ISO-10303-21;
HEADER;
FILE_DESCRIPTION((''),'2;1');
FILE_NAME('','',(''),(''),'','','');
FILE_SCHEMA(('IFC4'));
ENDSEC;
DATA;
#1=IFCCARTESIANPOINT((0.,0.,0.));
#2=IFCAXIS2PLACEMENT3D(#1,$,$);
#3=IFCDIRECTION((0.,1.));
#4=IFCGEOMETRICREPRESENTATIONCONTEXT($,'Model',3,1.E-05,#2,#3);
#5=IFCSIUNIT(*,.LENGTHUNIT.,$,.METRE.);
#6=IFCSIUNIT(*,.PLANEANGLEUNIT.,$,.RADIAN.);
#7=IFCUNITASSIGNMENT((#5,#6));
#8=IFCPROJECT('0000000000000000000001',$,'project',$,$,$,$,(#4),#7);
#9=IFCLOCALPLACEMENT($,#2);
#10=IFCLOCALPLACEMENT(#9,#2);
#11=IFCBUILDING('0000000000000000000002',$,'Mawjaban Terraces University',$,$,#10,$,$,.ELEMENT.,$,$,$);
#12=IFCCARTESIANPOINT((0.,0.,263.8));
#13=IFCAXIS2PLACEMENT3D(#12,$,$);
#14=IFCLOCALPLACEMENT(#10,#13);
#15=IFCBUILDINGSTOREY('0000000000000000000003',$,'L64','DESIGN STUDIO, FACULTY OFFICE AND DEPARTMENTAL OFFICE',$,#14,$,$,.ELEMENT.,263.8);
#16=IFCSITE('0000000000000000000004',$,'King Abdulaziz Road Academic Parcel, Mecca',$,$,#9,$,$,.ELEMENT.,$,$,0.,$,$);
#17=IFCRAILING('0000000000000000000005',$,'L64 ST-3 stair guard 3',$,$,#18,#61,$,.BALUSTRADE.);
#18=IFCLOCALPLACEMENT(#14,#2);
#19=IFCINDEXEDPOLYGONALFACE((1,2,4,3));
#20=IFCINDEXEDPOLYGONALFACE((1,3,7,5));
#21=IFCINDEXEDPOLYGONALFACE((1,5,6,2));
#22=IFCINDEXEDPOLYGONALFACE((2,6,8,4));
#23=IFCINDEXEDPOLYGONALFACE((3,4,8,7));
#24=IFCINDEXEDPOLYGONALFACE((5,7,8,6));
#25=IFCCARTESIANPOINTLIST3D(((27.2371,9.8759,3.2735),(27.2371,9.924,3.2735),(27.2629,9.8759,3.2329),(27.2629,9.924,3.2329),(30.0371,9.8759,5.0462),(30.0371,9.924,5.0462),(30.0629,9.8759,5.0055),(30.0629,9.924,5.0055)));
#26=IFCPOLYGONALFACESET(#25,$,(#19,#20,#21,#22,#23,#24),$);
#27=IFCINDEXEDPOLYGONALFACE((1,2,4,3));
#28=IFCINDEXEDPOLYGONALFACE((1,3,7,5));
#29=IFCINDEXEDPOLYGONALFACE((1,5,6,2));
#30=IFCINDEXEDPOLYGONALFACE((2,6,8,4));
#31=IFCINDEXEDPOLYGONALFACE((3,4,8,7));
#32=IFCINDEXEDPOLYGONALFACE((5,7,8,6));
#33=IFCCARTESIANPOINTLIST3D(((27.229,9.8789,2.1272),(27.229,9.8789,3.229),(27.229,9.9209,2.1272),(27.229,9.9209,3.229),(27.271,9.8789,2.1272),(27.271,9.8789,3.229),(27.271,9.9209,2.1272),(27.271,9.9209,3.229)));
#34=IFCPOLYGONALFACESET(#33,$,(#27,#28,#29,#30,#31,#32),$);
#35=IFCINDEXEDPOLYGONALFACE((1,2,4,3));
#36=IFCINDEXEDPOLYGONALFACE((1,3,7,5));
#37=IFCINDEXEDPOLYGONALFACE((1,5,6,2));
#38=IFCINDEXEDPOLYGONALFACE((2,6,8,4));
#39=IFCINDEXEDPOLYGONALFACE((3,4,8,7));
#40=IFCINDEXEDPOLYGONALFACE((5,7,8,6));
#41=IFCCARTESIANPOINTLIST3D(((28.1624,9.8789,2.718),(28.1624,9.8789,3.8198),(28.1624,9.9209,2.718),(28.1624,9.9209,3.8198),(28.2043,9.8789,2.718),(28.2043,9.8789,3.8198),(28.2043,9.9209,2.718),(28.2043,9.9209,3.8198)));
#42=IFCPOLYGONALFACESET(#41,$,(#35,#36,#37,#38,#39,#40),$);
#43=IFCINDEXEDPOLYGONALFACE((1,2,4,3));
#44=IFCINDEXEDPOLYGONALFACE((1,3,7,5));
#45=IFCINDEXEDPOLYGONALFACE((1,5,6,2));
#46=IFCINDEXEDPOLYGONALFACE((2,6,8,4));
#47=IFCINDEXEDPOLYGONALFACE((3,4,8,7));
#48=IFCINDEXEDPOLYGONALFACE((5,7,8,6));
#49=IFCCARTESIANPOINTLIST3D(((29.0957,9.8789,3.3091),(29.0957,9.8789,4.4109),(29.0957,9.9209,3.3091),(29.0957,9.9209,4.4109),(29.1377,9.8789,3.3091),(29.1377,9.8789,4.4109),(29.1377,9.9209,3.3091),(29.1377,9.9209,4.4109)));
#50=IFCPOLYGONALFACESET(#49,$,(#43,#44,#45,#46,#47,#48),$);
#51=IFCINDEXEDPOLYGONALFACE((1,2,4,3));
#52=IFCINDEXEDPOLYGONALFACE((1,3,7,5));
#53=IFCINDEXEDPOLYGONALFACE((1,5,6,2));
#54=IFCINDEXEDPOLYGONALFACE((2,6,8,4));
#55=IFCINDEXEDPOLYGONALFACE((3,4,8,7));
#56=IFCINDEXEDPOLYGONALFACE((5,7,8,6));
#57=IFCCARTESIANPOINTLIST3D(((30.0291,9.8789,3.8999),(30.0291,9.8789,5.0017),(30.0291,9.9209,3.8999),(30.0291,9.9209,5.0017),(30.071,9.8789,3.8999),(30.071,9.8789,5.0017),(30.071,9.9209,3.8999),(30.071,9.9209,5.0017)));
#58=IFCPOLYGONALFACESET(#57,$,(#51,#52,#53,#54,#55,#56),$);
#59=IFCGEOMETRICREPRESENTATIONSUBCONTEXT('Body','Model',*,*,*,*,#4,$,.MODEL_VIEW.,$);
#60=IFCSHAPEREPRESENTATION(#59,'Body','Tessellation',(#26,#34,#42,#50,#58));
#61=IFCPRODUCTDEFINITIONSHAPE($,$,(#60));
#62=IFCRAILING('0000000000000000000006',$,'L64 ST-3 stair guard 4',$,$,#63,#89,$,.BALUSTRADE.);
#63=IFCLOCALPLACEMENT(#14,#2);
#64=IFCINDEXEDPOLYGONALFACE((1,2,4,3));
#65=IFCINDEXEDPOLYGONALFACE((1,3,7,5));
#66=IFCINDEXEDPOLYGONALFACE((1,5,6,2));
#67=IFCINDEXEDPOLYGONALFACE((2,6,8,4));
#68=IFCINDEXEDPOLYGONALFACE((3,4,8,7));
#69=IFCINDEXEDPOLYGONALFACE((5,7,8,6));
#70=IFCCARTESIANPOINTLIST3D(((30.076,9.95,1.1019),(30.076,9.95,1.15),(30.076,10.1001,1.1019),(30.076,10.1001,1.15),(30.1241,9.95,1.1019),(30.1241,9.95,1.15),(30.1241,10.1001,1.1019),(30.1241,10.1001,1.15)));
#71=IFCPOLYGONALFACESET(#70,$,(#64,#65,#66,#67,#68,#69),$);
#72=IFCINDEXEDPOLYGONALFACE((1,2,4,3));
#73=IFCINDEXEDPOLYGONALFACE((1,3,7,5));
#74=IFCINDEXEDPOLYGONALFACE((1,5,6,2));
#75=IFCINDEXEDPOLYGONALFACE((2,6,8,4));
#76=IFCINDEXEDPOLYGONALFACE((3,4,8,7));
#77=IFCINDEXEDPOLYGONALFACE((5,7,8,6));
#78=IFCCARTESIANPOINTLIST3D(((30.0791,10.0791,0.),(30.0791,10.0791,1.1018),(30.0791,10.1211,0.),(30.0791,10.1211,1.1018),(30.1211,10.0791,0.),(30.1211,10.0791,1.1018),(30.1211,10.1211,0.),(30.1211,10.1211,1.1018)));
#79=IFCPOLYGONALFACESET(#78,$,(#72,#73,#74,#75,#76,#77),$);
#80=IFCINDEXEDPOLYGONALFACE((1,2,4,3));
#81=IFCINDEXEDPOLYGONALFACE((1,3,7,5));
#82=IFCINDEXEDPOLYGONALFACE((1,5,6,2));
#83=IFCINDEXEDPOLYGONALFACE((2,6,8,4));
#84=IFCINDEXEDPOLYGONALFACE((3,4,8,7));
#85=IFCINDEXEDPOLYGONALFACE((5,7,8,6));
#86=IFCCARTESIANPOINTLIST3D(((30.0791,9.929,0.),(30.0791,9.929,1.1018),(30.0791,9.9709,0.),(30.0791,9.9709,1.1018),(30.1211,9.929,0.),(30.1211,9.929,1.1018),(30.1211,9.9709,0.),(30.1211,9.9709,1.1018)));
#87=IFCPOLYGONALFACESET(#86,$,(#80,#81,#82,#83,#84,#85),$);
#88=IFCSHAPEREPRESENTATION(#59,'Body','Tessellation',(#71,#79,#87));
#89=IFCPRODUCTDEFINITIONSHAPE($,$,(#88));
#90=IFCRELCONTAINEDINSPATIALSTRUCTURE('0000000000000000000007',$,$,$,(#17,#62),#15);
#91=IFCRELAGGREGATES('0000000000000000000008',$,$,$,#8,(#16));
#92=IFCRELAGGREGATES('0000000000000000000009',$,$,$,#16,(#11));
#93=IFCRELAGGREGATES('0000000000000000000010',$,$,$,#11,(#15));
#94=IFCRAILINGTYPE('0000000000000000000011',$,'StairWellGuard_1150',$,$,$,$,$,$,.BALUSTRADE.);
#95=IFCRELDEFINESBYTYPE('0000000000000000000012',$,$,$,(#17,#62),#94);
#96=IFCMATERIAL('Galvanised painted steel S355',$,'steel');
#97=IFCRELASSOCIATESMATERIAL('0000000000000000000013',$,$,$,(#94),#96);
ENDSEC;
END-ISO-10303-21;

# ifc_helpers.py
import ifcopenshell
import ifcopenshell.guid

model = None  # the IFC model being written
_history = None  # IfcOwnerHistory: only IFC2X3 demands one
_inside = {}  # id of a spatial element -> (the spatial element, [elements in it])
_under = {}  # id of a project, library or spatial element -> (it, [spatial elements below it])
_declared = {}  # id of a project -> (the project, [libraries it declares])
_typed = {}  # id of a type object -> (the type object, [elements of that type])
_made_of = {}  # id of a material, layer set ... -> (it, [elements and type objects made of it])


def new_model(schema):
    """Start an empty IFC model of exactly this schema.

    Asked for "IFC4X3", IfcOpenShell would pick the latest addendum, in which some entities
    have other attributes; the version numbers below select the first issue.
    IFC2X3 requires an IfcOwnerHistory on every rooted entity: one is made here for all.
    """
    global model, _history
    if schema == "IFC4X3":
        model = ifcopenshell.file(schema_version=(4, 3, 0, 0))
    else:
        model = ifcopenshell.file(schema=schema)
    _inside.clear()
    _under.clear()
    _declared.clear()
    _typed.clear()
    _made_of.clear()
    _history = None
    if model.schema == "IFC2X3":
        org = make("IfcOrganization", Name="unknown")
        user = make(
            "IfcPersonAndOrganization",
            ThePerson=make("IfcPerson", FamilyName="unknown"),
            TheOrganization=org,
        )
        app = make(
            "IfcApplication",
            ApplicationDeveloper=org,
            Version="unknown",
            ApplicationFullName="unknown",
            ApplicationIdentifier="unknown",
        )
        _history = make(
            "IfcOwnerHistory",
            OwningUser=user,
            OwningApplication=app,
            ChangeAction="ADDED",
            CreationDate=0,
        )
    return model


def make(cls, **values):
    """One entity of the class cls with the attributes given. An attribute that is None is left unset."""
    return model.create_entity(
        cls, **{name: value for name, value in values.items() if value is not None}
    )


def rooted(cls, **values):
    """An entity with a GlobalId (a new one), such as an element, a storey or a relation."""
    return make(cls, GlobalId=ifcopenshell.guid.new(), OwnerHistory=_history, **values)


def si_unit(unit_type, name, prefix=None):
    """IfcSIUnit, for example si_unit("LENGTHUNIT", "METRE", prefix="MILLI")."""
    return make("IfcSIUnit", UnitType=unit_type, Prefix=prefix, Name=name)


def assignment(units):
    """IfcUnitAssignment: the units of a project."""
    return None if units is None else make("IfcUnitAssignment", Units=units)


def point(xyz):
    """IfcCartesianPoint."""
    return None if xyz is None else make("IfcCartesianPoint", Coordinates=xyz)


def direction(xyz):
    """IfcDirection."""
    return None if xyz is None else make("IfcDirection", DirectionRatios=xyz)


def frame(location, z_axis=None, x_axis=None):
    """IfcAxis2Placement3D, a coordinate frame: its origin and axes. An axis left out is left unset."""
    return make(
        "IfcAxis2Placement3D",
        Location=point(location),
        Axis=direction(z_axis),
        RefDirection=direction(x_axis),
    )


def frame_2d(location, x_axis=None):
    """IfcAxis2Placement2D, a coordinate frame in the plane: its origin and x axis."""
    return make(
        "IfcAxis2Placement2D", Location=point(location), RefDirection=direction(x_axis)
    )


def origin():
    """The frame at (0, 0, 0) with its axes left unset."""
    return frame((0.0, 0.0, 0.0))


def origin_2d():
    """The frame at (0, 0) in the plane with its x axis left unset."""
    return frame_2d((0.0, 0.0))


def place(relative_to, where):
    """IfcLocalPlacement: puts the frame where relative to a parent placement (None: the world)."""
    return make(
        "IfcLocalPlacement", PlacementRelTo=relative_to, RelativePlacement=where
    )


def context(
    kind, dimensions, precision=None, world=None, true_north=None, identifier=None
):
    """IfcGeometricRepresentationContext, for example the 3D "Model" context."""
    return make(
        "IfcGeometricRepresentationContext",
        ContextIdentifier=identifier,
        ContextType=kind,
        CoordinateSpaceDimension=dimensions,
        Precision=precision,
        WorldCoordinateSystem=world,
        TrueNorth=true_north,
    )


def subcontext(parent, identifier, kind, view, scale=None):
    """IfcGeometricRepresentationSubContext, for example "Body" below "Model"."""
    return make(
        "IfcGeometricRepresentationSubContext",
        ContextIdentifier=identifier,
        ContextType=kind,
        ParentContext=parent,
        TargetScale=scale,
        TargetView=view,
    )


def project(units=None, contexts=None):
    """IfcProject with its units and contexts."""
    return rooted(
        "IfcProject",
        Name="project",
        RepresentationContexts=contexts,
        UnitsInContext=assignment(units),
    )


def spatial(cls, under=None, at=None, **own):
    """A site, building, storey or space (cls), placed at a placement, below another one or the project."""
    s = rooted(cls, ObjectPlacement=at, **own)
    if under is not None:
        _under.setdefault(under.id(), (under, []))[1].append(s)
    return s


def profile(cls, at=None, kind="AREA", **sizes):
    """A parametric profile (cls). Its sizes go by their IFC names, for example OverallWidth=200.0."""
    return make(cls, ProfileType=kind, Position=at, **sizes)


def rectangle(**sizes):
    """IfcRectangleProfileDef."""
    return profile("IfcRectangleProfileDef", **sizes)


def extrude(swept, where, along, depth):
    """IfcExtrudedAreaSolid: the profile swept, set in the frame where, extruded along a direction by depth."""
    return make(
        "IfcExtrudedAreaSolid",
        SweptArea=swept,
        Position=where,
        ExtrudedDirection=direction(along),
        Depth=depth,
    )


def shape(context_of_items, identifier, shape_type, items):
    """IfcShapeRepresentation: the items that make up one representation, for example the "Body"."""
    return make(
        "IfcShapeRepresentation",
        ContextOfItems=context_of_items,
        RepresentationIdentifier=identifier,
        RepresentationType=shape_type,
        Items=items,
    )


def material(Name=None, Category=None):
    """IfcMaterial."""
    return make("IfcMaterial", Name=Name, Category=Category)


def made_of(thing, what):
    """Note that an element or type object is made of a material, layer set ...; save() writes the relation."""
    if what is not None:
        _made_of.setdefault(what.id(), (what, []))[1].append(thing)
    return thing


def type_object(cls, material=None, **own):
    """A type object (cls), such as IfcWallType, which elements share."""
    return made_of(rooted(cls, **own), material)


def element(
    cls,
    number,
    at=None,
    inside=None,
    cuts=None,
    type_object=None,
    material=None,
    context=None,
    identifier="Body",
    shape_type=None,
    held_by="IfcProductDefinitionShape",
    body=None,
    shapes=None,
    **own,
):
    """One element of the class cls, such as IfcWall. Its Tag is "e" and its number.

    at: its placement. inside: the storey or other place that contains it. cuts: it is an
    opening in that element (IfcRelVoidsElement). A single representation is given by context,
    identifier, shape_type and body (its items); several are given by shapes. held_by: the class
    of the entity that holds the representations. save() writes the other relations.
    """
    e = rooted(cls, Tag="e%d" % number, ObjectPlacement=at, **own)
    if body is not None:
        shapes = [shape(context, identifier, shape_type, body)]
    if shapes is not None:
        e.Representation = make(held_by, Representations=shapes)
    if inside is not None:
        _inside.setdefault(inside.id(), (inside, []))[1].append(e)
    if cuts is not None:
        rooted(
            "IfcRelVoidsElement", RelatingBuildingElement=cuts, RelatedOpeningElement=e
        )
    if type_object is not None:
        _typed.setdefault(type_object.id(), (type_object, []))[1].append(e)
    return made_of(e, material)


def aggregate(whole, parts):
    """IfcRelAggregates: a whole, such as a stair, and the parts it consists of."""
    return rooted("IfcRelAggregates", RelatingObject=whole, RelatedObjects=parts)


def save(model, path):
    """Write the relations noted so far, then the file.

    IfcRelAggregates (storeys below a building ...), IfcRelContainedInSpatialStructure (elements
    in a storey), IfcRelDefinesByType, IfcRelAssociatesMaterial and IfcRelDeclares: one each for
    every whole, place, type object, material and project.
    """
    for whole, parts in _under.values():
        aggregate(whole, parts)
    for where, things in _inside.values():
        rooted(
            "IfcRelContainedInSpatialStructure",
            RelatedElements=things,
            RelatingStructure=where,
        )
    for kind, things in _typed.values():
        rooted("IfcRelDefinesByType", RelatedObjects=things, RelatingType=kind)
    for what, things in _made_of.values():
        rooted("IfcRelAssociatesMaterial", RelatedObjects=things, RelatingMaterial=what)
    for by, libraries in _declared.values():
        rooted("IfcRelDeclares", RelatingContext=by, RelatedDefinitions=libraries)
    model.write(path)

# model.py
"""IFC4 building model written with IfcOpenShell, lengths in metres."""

from ifc_helpers import new_model, si_unit, direction, frame, origin, origin_2d, place, context, subcontext, project, spatial, rectangle, extrude, material, type_object, element, save


model = new_model("IFC4")

# Units and contexts
model_context = context("Model", 3, precision=1e-05, world=origin(), true_north=direction((0.0, 1.0)))
body_context = subcontext(model_context, "Body", "Model", "MODEL_VIEW")
ifc_project = project(units=[si_unit("LENGTHUNIT", "METRE"), si_unit("PLANEANGLEUNIT", "RADIAN")], contexts=[model_context])

# Site, building, storey
site_placement = place(None, origin())
site = spatial("IfcSite", under=ifc_project, at=site_placement, Name="King Abdulaziz Road Academic Parcel, Mecca", CompositionType="ELEMENT", RefElevation=0.0)
building_placement = place(site_placement, origin())
building = spatial("IfcBuilding", under=site, at=building_placement, Name="Mawjaban Terraces University", CompositionType="ELEMENT")
storey_placement = place(building_placement, frame((0.0, 0.0, 263.8)))
storey = spatial("IfcBuildingStorey", under=building, at=storey_placement, Name="L64", Description="DESIGN STUDIO, FACULTY OFFICE AND DEPARTMENTAL OFFICE", CompositionType="ELEMENT", Elevation=263.8)

# Railings
ifc_material_1 = material(Name="Galvanised painted steel S355", Category="steel")
railing_type_1 = type_object("IfcRailingType", Name="StairWellGuard_1150", PredefinedType="BALUSTRADE", material=ifc_material_1)
railing_1_placement = place(storey_placement, frame((27.25, 9.8999, 2.1272)))
element("IfcRailing", 1, at=railing_1_placement, inside=storey, type_object=railing_type_1, Name="L64 ST-3 stair guard 3", PredefinedType="BALUSTRADE", context=body_context, shape_type="SweptSolid", body=[
    extrude(rectangle(XDim=0.0481, YDim=0.0481, at=origin_2d()), frame((0.0, 0.0, 1.126), z_axis=(0.844909, 0.0, 0.53491), x_axis=(0.0, 1.0, 0.0)), (0.0, 0.0, 1.0), 3.314),
    extrude(rectangle(XDim=0.042, YDim=0.042, at=origin_2d()), origin(), (0.0, 0.0, 1.0), 1.1018),
    extrude(rectangle(XDim=0.042, YDim=0.042, at=origin_2d()), frame((0.9333, 0.0, 0.5908)), (0.0, 0.0, 1.0), 1.1018),
    extrude(rectangle(XDim=0.042, YDim=0.042, at=origin_2d()), frame((1.8667, 0.0, 1.1819)), (0.0, 0.0, 1.0), 1.1018),
    extrude(rectangle(XDim=0.042, YDim=0.042, at=origin_2d()), frame((2.8, 0.0, 1.7727)), (0.0, 0.0, 1.0), 1.1018),
])
railing_2_placement = place(storey_placement, frame((30.1001, 10.1001, 0.0)))
element("IfcRailing", 2, at=railing_2_placement, inside=storey, type_object=railing_type_1, Name="L64 ST-3 stair guard 4", PredefinedType="BALUSTRADE", context=body_context, shape_type="SweptSolid", body=[
    extrude(rectangle(XDim=0.0481, YDim=0.0481, at=origin_2d()), frame((0.0, 0.0, 1.126), z_axis=(0.0, -1.0, 0.0), x_axis=(1.0, 0.0, 0.0)), (0.0, 0.0, 1.0), 0.1501),
    extrude(rectangle(XDim=0.042, YDim=0.042, at=origin_2d()), origin(), (0.0, 0.0, 1.0), 1.1018),
    extrude(rectangle(XDim=0.042, YDim=0.042, at=origin_2d()), frame((0.0, -0.1501, 0.0)), (0.0, 0.0, 1.0), 1.1018),
])

save(model, "model.ifc")
